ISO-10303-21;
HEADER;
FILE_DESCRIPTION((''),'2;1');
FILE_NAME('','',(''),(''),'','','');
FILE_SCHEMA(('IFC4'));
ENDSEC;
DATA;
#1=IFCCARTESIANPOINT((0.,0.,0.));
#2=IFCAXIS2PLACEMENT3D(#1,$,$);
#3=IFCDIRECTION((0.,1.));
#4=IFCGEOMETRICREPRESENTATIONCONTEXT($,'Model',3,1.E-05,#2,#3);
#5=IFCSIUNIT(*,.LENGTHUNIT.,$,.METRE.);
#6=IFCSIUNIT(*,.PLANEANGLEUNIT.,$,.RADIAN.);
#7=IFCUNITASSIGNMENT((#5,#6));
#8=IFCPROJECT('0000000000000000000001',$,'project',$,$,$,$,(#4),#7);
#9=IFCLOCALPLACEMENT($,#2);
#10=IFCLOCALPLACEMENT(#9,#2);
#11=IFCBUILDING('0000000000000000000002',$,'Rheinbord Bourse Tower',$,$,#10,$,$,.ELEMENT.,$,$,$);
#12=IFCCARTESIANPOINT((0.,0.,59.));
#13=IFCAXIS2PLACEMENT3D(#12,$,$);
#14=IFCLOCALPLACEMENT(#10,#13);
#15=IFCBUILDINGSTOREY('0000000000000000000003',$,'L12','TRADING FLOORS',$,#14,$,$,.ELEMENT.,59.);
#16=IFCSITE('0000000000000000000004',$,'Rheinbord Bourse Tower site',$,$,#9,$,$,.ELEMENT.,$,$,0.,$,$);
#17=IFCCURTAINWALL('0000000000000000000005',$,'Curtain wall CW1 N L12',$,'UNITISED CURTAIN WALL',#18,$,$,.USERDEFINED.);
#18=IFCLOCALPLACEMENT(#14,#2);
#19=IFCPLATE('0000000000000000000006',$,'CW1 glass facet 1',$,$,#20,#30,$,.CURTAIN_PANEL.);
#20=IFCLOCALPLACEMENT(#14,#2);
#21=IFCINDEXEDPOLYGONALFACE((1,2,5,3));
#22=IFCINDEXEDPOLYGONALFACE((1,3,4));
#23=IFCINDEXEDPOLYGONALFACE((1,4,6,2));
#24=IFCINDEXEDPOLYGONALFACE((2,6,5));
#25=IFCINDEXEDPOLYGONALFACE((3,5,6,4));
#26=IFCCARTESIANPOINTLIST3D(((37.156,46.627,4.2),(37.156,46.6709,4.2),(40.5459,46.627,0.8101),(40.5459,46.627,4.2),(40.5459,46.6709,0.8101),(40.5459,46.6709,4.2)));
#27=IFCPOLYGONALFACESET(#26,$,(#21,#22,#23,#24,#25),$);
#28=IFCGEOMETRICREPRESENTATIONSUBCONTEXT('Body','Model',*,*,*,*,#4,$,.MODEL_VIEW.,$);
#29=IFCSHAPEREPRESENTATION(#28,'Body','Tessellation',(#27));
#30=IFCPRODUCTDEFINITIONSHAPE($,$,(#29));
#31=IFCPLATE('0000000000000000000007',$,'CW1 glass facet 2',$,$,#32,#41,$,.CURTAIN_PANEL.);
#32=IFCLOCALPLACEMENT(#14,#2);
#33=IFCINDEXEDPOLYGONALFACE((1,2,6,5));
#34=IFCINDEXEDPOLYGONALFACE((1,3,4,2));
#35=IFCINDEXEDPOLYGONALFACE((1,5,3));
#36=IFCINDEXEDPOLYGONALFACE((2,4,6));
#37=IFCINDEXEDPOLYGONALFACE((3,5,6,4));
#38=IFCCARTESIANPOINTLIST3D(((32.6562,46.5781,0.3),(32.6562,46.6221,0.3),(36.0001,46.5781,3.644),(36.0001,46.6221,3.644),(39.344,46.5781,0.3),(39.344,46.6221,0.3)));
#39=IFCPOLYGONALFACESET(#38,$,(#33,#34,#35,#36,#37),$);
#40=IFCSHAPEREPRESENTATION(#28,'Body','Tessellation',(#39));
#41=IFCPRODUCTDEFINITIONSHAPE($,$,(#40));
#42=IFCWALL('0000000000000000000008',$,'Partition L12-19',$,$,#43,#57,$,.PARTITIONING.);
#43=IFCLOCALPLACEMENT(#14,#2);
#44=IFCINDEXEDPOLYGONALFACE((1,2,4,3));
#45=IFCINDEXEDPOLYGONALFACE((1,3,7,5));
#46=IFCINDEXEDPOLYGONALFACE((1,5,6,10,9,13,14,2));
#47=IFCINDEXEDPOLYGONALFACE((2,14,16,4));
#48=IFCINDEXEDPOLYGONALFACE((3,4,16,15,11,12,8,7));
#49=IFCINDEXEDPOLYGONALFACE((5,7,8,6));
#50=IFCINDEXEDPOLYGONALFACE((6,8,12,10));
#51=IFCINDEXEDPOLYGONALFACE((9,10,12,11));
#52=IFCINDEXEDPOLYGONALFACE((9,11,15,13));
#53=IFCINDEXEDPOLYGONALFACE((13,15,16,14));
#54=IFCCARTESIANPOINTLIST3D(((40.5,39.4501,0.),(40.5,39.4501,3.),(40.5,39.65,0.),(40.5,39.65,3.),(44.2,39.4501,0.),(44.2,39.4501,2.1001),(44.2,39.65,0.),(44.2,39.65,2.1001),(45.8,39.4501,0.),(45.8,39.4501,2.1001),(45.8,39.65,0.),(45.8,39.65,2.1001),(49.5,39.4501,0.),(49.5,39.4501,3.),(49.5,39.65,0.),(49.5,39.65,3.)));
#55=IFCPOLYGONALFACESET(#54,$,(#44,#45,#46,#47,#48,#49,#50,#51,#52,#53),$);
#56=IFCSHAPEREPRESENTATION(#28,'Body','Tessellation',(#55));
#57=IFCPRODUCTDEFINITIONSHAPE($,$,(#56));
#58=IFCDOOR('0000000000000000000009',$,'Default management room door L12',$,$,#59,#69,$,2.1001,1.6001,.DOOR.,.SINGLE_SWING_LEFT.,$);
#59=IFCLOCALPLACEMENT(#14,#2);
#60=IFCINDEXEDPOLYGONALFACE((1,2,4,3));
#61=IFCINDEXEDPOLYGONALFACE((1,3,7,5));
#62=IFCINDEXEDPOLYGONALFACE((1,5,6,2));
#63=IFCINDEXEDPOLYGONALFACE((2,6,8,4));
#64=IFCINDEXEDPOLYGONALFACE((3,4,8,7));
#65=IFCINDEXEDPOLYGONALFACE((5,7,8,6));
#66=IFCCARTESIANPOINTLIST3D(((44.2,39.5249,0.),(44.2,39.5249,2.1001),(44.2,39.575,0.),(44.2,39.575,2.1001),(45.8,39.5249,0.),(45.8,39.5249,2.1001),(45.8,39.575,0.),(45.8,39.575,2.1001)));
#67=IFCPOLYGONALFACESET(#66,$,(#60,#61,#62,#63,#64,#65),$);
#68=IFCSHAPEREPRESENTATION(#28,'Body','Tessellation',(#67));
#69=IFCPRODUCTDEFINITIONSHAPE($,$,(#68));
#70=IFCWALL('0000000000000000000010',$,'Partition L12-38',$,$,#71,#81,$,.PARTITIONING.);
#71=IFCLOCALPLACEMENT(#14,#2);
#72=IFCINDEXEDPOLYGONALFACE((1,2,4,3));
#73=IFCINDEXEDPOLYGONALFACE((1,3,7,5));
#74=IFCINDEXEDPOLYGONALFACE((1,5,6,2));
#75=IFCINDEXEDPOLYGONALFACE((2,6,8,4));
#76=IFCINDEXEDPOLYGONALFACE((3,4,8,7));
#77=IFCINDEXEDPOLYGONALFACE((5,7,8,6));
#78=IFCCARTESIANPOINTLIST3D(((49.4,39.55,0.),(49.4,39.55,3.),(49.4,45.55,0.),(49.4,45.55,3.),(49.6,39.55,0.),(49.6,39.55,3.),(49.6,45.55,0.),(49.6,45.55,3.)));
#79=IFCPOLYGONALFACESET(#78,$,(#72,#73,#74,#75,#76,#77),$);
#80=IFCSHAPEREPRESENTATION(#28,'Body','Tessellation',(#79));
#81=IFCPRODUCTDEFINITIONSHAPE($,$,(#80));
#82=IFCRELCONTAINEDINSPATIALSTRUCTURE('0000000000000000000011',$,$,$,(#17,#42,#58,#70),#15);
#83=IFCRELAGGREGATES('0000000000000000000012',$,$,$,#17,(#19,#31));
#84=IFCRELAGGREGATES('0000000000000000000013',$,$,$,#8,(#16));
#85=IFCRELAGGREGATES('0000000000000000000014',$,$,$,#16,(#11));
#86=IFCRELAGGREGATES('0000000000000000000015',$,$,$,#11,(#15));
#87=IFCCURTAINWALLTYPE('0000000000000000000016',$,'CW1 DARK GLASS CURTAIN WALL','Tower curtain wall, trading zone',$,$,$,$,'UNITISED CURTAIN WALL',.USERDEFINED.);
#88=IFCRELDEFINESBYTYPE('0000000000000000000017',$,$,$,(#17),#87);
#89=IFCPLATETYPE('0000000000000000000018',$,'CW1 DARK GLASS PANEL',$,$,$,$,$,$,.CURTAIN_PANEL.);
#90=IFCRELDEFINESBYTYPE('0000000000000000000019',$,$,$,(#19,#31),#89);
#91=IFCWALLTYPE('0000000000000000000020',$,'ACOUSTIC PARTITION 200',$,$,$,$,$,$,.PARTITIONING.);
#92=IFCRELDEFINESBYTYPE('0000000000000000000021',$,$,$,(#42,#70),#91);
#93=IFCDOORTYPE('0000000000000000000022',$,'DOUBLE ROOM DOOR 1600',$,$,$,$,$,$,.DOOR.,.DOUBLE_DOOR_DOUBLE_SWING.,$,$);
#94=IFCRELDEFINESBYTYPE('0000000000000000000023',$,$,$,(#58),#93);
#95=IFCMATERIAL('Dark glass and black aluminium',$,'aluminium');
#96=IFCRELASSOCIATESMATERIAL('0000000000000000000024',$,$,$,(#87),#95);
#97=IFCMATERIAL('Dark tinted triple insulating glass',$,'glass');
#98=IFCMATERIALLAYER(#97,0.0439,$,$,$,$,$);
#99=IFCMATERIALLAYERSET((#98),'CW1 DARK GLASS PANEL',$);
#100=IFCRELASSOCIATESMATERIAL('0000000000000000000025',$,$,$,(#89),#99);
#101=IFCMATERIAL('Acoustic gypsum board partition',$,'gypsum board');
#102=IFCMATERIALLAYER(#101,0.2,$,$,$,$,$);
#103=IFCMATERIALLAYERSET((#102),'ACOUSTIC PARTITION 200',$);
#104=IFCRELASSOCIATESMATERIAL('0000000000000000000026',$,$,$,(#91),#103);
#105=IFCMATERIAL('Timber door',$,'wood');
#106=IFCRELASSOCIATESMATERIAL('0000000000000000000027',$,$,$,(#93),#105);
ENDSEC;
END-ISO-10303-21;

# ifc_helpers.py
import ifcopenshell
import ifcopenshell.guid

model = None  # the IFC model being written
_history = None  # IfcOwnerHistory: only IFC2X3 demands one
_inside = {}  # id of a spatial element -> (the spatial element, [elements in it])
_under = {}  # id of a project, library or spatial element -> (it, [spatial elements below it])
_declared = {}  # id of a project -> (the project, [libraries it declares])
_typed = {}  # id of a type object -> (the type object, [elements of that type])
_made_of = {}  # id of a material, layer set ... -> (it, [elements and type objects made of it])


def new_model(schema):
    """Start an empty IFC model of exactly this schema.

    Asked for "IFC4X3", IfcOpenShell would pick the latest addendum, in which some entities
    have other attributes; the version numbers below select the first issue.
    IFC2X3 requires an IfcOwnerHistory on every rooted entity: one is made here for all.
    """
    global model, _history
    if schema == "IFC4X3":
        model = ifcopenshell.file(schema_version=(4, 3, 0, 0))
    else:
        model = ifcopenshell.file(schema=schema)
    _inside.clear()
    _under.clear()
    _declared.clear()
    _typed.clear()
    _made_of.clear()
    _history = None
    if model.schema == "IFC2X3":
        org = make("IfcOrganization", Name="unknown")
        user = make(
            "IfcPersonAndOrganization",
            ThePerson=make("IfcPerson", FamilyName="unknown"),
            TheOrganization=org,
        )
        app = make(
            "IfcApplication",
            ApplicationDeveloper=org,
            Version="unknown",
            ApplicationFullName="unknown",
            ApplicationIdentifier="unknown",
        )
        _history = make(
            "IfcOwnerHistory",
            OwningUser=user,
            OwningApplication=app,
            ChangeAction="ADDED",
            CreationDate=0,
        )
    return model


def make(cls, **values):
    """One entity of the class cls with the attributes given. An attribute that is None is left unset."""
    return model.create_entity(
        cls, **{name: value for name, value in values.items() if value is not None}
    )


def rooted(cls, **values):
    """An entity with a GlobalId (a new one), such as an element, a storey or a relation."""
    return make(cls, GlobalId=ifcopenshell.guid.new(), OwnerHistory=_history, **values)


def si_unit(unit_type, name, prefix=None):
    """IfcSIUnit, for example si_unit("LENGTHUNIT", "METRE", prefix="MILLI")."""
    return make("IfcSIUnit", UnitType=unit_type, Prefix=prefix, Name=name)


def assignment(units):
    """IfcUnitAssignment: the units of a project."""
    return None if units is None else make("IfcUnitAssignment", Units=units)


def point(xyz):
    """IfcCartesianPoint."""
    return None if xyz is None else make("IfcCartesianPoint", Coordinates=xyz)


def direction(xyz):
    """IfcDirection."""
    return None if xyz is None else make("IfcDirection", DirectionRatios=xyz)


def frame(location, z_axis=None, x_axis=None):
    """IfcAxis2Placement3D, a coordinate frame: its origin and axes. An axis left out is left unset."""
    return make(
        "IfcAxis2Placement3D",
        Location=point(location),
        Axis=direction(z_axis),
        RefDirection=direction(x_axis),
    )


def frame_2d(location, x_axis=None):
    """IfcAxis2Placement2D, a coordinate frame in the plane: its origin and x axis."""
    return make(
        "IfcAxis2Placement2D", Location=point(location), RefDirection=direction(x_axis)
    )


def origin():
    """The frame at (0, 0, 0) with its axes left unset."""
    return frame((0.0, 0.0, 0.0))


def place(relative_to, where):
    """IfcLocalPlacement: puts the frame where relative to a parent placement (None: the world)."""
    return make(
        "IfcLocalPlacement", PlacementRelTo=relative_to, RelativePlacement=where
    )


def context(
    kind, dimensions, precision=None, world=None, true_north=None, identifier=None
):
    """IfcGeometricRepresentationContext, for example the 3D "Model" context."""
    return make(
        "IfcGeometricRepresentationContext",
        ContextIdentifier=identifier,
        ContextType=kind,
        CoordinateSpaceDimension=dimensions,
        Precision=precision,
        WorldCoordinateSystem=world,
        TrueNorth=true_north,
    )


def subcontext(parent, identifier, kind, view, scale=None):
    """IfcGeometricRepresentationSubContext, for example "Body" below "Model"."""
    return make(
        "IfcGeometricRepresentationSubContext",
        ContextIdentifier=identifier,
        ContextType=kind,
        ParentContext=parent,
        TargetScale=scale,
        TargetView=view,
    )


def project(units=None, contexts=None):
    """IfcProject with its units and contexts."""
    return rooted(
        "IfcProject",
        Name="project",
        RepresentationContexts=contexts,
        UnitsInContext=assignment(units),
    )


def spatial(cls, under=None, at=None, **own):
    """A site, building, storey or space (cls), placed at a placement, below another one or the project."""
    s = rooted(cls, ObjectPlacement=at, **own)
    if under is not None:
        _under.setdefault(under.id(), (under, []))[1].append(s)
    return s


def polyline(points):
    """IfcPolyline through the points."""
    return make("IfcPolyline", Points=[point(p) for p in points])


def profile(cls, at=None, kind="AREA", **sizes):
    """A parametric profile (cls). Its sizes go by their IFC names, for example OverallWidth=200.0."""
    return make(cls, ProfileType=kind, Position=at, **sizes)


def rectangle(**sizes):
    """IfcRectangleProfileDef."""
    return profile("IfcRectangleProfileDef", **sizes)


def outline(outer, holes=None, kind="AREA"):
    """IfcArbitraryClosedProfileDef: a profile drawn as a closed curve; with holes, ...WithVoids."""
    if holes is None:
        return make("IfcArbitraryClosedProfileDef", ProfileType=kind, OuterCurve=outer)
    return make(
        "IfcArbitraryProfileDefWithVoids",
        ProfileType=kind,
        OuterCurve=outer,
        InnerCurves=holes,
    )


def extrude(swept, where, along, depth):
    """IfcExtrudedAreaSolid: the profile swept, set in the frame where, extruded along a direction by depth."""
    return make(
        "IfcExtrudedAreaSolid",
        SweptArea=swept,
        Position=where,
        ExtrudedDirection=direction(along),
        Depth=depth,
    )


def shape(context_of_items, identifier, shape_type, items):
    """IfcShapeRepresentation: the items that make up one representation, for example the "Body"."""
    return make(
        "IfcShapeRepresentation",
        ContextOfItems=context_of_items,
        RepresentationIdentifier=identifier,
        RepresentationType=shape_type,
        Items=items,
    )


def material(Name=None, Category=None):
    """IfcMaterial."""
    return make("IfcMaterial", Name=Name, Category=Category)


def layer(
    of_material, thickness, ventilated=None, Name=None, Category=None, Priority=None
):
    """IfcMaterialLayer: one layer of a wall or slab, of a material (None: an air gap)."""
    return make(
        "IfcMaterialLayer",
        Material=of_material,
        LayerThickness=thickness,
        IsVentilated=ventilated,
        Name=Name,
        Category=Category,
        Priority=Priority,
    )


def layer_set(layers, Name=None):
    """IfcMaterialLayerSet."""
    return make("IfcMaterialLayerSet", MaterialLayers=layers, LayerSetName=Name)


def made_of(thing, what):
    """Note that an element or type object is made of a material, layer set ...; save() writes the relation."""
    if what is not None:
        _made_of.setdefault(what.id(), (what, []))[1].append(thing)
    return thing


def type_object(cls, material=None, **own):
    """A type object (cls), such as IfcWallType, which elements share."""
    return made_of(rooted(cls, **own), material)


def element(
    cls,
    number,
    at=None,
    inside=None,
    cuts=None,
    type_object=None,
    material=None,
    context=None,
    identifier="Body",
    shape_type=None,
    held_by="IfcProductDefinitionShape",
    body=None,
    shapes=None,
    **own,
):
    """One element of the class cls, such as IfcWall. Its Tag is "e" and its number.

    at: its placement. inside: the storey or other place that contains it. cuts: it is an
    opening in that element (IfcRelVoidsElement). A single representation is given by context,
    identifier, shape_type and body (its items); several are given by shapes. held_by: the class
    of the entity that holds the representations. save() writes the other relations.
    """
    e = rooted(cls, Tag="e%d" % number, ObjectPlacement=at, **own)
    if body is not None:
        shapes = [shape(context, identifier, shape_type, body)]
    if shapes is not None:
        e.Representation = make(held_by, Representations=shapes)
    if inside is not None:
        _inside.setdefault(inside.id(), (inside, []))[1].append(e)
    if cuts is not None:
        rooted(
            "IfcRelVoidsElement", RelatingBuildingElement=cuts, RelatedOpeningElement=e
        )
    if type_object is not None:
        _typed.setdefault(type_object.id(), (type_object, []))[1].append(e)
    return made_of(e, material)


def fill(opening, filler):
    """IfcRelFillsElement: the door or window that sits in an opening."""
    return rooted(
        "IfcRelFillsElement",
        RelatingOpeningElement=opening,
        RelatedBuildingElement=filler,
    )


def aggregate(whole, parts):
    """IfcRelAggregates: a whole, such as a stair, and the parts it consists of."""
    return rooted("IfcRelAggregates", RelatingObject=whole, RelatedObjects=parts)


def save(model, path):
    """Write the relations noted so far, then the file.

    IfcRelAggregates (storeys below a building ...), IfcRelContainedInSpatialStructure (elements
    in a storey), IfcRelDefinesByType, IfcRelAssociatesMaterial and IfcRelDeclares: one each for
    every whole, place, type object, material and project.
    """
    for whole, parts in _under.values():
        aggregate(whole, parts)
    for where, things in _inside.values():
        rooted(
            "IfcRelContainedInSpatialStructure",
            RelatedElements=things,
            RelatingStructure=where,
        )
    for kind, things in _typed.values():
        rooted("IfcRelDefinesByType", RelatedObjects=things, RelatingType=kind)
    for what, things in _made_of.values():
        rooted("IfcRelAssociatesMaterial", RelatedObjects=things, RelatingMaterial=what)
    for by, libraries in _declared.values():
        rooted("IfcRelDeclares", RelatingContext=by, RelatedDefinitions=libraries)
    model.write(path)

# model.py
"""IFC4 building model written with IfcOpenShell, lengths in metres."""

from ifc_helpers import new_model, si_unit, direction, frame, frame_2d, origin, place, context, subcontext, project, spatial, polyline, rectangle, outline, extrude, material, layer, layer_set, type_object, element, fill, aggregate, save


model = new_model("IFC4")

# Units and contexts
model_context = context("Model", 3, precision=1e-05, world=origin(), true_north=direction((0.0, 1.0)))
body_context = subcontext(model_context, "Body", "Model", "MODEL_VIEW")
ifc_project = project(units=[si_unit("LENGTHUNIT", "METRE"), si_unit("PLANEANGLEUNIT", "RADIAN")], contexts=[model_context])

# Site, building, storey
site_placement = place(None, origin())
site = spatial("IfcSite", under=ifc_project, at=site_placement, Name="Rheinbord Bourse Tower site", CompositionType="ELEMENT", RefElevation=0.0)
building_placement = place(site_placement, origin())
building = spatial("IfcBuilding", under=site, at=building_placement, Name="Rheinbord Bourse Tower", CompositionType="ELEMENT")
storey_placement = place(building_placement, frame((0.0, 0.0, 59.0)))
storey = spatial("IfcBuildingStorey", under=building, at=storey_placement, Name="L12", Description="TRADING FLOORS", CompositionType="ELEMENT", Elevation=59.0)

# Curtain wall
ifc_material_1 = material(Name="Dark glass and black aluminium", Category="aluminium")
curtain_wall_type = type_object("IfcCurtainWallType", Name="CW1 DARK GLASS CURTAIN WALL", Description="Tower curtain wall, trading zone", ElementType="UNITISED CURTAIN WALL", PredefinedType="USERDEFINED", material=ifc_material_1)
curtain_wall_placement = place(storey_placement, origin())
curtain_wall = element("IfcCurtainWall", 1, at=curtain_wall_placement, inside=storey, type_object=curtain_wall_type, Name="Curtain wall CW1 N L12", ObjectType="UNITISED CURTAIN WALL", PredefinedType="USERDEFINED")

# Plates
ifc_material_2 = material(Name="Dark tinted triple insulating glass", Category="glass")
ifc_layer_1 = layer(ifc_material_2, 0.0439)
ifc_layer_set_1 = layer_set([ifc_layer_1], Name="CW1 DARK GLASS PANEL")
plate_type = type_object("IfcPlateType", Name="CW1 DARK GLASS PANEL", PredefinedType="CURTAIN_PANEL", material=ifc_layer_set_1)
plate_1_placement = place(storey_placement, frame((40.5459, 46.6709, 4.2), z_axis=(0.0, -1.0, 0.0), x_axis=(-1.0, 0.0, 0.0)))
plate_1 = element("IfcPlate", 2, at=plate_1_placement, type_object=plate_type, Name="CW1 glass facet 1", PredefinedType="CURTAIN_PANEL", context=body_context, shape_type="SweptSolid", body=[
    extrude(outline(polyline([(0.0, 0.0), (3.3899, 0.0), (0.0, 3.3899), (0.0, 0.0)])), origin(), (0.0, 0.0, 1.0), 0.0439),
])
plate_2_placement = place(storey_placement, frame((39.344, 46.6221, 0.3), z_axis=(0.0, -1.0, 0.0), x_axis=(-0.707107, 0.0, 0.707107)))
plate_2 = element("IfcPlate", 3, at=plate_2_placement, type_object=plate_type, Name="CW1 glass facet 2", PredefinedType="CURTAIN_PANEL", context=body_context, shape_type="SweptSolid", body=[
    extrude(outline(polyline([(0.0, 0.0), (4.729, 0.0), (4.729, 4.729), (0.0, 0.0)])), origin(), (0.0, 0.0, 1.0), 0.0439),
])
aggregate(curtain_wall, [plate_1, plate_2])

# Wall, opening, door
ifc_material_3 = material(Name="Acoustic gypsum board partition", Category="gypsum board")
ifc_layer_2 = layer(ifc_material_3, 0.2)
ifc_layer_set_2 = layer_set([ifc_layer_2], Name="ACOUSTIC PARTITION 200")
wall_type = type_object("IfcWallType", Name="ACOUSTIC PARTITION 200", PredefinedType="PARTITIONING", material=ifc_layer_set_2)
wall_1_placement = place(storey_placement, frame((40.5, 39.55, 0.0), z_axis=(0.0, 0.0, 1.0), x_axis=(1.0, 0.0, 0.0)))
wall_1 = element("IfcWall", 4, at=wall_1_placement, inside=storey, type_object=wall_type, Name="Partition L12-19", PredefinedType="PARTITIONING", context=body_context, shape_type="SweptSolid", body=[
    extrude(rectangle(XDim=9.0, YDim=0.2, at=frame_2d((4.5, 0.0))), origin(), (0.0, 0.0, 1.0), 3.0),
])
opening_placement = place(wall_1_placement, frame((3.7, 0.0, 0.0)))
opening = element("IfcOpeningElement", 5, at=opening_placement, cuts=wall_1, PredefinedType="OPENING", context=body_context, shape_type="SweptSolid", body=[
    extrude(rectangle(XDim=1.6001, YDim=2.1001, at=frame_2d((0.8, 1.05))), frame((0.0, 0.1099, 0.0), z_axis=(0.0, -1.0, 0.0), x_axis=(1.0, 0.0, 0.0)), (0.0, 0.0, 1.0), 0.22),
])
ifc_material_4 = material(Name="Timber door", Category="wood")
door_type = type_object("IfcDoorType", Name="DOUBLE ROOM DOOR 1600", OperationType="DOUBLE_DOOR_DOUBLE_SWING", PredefinedType="DOOR", material=ifc_material_4)
door_placement = place(opening_placement, origin())
door = element("IfcDoor", 6, at=door_placement, inside=storey, type_object=door_type, Name="Default management room door L12", OperationType="SINGLE_SWING_LEFT", OverallHeight=2.1001, OverallWidth=1.6001, PredefinedType="DOOR", context=body_context, shape_type="SweptSolid", body=[
    extrude(rectangle(XDim=1.6001, YDim=2.1001, at=frame_2d((0.8, 1.05))), frame((0.0, 0.0249, 0.0), z_axis=(0.0, -1.0, 0.0), x_axis=(1.0, 0.0, 0.0)), (0.0, 0.0, 1.0), 0.05),
])
fill(opening, door)

# Wall
wall_2_placement = place(storey_placement, frame((49.5, 39.55, 0.0), z_axis=(0.0, 0.0, 1.0), x_axis=(0.0, 1.0, 0.0)))
element("IfcWall", 7, at=wall_2_placement, inside=storey, type_object=wall_type, Name="Partition L12-38", PredefinedType="PARTITIONING", context=body_context, shape_type="SweptSolid", body=[
    extrude(rectangle(XDim=6.0, YDim=0.2, at=frame_2d((3.0, 0.0))), origin(), (0.0, 0.0, 1.0), 3.0),
])

save(model, "model.ifc")
